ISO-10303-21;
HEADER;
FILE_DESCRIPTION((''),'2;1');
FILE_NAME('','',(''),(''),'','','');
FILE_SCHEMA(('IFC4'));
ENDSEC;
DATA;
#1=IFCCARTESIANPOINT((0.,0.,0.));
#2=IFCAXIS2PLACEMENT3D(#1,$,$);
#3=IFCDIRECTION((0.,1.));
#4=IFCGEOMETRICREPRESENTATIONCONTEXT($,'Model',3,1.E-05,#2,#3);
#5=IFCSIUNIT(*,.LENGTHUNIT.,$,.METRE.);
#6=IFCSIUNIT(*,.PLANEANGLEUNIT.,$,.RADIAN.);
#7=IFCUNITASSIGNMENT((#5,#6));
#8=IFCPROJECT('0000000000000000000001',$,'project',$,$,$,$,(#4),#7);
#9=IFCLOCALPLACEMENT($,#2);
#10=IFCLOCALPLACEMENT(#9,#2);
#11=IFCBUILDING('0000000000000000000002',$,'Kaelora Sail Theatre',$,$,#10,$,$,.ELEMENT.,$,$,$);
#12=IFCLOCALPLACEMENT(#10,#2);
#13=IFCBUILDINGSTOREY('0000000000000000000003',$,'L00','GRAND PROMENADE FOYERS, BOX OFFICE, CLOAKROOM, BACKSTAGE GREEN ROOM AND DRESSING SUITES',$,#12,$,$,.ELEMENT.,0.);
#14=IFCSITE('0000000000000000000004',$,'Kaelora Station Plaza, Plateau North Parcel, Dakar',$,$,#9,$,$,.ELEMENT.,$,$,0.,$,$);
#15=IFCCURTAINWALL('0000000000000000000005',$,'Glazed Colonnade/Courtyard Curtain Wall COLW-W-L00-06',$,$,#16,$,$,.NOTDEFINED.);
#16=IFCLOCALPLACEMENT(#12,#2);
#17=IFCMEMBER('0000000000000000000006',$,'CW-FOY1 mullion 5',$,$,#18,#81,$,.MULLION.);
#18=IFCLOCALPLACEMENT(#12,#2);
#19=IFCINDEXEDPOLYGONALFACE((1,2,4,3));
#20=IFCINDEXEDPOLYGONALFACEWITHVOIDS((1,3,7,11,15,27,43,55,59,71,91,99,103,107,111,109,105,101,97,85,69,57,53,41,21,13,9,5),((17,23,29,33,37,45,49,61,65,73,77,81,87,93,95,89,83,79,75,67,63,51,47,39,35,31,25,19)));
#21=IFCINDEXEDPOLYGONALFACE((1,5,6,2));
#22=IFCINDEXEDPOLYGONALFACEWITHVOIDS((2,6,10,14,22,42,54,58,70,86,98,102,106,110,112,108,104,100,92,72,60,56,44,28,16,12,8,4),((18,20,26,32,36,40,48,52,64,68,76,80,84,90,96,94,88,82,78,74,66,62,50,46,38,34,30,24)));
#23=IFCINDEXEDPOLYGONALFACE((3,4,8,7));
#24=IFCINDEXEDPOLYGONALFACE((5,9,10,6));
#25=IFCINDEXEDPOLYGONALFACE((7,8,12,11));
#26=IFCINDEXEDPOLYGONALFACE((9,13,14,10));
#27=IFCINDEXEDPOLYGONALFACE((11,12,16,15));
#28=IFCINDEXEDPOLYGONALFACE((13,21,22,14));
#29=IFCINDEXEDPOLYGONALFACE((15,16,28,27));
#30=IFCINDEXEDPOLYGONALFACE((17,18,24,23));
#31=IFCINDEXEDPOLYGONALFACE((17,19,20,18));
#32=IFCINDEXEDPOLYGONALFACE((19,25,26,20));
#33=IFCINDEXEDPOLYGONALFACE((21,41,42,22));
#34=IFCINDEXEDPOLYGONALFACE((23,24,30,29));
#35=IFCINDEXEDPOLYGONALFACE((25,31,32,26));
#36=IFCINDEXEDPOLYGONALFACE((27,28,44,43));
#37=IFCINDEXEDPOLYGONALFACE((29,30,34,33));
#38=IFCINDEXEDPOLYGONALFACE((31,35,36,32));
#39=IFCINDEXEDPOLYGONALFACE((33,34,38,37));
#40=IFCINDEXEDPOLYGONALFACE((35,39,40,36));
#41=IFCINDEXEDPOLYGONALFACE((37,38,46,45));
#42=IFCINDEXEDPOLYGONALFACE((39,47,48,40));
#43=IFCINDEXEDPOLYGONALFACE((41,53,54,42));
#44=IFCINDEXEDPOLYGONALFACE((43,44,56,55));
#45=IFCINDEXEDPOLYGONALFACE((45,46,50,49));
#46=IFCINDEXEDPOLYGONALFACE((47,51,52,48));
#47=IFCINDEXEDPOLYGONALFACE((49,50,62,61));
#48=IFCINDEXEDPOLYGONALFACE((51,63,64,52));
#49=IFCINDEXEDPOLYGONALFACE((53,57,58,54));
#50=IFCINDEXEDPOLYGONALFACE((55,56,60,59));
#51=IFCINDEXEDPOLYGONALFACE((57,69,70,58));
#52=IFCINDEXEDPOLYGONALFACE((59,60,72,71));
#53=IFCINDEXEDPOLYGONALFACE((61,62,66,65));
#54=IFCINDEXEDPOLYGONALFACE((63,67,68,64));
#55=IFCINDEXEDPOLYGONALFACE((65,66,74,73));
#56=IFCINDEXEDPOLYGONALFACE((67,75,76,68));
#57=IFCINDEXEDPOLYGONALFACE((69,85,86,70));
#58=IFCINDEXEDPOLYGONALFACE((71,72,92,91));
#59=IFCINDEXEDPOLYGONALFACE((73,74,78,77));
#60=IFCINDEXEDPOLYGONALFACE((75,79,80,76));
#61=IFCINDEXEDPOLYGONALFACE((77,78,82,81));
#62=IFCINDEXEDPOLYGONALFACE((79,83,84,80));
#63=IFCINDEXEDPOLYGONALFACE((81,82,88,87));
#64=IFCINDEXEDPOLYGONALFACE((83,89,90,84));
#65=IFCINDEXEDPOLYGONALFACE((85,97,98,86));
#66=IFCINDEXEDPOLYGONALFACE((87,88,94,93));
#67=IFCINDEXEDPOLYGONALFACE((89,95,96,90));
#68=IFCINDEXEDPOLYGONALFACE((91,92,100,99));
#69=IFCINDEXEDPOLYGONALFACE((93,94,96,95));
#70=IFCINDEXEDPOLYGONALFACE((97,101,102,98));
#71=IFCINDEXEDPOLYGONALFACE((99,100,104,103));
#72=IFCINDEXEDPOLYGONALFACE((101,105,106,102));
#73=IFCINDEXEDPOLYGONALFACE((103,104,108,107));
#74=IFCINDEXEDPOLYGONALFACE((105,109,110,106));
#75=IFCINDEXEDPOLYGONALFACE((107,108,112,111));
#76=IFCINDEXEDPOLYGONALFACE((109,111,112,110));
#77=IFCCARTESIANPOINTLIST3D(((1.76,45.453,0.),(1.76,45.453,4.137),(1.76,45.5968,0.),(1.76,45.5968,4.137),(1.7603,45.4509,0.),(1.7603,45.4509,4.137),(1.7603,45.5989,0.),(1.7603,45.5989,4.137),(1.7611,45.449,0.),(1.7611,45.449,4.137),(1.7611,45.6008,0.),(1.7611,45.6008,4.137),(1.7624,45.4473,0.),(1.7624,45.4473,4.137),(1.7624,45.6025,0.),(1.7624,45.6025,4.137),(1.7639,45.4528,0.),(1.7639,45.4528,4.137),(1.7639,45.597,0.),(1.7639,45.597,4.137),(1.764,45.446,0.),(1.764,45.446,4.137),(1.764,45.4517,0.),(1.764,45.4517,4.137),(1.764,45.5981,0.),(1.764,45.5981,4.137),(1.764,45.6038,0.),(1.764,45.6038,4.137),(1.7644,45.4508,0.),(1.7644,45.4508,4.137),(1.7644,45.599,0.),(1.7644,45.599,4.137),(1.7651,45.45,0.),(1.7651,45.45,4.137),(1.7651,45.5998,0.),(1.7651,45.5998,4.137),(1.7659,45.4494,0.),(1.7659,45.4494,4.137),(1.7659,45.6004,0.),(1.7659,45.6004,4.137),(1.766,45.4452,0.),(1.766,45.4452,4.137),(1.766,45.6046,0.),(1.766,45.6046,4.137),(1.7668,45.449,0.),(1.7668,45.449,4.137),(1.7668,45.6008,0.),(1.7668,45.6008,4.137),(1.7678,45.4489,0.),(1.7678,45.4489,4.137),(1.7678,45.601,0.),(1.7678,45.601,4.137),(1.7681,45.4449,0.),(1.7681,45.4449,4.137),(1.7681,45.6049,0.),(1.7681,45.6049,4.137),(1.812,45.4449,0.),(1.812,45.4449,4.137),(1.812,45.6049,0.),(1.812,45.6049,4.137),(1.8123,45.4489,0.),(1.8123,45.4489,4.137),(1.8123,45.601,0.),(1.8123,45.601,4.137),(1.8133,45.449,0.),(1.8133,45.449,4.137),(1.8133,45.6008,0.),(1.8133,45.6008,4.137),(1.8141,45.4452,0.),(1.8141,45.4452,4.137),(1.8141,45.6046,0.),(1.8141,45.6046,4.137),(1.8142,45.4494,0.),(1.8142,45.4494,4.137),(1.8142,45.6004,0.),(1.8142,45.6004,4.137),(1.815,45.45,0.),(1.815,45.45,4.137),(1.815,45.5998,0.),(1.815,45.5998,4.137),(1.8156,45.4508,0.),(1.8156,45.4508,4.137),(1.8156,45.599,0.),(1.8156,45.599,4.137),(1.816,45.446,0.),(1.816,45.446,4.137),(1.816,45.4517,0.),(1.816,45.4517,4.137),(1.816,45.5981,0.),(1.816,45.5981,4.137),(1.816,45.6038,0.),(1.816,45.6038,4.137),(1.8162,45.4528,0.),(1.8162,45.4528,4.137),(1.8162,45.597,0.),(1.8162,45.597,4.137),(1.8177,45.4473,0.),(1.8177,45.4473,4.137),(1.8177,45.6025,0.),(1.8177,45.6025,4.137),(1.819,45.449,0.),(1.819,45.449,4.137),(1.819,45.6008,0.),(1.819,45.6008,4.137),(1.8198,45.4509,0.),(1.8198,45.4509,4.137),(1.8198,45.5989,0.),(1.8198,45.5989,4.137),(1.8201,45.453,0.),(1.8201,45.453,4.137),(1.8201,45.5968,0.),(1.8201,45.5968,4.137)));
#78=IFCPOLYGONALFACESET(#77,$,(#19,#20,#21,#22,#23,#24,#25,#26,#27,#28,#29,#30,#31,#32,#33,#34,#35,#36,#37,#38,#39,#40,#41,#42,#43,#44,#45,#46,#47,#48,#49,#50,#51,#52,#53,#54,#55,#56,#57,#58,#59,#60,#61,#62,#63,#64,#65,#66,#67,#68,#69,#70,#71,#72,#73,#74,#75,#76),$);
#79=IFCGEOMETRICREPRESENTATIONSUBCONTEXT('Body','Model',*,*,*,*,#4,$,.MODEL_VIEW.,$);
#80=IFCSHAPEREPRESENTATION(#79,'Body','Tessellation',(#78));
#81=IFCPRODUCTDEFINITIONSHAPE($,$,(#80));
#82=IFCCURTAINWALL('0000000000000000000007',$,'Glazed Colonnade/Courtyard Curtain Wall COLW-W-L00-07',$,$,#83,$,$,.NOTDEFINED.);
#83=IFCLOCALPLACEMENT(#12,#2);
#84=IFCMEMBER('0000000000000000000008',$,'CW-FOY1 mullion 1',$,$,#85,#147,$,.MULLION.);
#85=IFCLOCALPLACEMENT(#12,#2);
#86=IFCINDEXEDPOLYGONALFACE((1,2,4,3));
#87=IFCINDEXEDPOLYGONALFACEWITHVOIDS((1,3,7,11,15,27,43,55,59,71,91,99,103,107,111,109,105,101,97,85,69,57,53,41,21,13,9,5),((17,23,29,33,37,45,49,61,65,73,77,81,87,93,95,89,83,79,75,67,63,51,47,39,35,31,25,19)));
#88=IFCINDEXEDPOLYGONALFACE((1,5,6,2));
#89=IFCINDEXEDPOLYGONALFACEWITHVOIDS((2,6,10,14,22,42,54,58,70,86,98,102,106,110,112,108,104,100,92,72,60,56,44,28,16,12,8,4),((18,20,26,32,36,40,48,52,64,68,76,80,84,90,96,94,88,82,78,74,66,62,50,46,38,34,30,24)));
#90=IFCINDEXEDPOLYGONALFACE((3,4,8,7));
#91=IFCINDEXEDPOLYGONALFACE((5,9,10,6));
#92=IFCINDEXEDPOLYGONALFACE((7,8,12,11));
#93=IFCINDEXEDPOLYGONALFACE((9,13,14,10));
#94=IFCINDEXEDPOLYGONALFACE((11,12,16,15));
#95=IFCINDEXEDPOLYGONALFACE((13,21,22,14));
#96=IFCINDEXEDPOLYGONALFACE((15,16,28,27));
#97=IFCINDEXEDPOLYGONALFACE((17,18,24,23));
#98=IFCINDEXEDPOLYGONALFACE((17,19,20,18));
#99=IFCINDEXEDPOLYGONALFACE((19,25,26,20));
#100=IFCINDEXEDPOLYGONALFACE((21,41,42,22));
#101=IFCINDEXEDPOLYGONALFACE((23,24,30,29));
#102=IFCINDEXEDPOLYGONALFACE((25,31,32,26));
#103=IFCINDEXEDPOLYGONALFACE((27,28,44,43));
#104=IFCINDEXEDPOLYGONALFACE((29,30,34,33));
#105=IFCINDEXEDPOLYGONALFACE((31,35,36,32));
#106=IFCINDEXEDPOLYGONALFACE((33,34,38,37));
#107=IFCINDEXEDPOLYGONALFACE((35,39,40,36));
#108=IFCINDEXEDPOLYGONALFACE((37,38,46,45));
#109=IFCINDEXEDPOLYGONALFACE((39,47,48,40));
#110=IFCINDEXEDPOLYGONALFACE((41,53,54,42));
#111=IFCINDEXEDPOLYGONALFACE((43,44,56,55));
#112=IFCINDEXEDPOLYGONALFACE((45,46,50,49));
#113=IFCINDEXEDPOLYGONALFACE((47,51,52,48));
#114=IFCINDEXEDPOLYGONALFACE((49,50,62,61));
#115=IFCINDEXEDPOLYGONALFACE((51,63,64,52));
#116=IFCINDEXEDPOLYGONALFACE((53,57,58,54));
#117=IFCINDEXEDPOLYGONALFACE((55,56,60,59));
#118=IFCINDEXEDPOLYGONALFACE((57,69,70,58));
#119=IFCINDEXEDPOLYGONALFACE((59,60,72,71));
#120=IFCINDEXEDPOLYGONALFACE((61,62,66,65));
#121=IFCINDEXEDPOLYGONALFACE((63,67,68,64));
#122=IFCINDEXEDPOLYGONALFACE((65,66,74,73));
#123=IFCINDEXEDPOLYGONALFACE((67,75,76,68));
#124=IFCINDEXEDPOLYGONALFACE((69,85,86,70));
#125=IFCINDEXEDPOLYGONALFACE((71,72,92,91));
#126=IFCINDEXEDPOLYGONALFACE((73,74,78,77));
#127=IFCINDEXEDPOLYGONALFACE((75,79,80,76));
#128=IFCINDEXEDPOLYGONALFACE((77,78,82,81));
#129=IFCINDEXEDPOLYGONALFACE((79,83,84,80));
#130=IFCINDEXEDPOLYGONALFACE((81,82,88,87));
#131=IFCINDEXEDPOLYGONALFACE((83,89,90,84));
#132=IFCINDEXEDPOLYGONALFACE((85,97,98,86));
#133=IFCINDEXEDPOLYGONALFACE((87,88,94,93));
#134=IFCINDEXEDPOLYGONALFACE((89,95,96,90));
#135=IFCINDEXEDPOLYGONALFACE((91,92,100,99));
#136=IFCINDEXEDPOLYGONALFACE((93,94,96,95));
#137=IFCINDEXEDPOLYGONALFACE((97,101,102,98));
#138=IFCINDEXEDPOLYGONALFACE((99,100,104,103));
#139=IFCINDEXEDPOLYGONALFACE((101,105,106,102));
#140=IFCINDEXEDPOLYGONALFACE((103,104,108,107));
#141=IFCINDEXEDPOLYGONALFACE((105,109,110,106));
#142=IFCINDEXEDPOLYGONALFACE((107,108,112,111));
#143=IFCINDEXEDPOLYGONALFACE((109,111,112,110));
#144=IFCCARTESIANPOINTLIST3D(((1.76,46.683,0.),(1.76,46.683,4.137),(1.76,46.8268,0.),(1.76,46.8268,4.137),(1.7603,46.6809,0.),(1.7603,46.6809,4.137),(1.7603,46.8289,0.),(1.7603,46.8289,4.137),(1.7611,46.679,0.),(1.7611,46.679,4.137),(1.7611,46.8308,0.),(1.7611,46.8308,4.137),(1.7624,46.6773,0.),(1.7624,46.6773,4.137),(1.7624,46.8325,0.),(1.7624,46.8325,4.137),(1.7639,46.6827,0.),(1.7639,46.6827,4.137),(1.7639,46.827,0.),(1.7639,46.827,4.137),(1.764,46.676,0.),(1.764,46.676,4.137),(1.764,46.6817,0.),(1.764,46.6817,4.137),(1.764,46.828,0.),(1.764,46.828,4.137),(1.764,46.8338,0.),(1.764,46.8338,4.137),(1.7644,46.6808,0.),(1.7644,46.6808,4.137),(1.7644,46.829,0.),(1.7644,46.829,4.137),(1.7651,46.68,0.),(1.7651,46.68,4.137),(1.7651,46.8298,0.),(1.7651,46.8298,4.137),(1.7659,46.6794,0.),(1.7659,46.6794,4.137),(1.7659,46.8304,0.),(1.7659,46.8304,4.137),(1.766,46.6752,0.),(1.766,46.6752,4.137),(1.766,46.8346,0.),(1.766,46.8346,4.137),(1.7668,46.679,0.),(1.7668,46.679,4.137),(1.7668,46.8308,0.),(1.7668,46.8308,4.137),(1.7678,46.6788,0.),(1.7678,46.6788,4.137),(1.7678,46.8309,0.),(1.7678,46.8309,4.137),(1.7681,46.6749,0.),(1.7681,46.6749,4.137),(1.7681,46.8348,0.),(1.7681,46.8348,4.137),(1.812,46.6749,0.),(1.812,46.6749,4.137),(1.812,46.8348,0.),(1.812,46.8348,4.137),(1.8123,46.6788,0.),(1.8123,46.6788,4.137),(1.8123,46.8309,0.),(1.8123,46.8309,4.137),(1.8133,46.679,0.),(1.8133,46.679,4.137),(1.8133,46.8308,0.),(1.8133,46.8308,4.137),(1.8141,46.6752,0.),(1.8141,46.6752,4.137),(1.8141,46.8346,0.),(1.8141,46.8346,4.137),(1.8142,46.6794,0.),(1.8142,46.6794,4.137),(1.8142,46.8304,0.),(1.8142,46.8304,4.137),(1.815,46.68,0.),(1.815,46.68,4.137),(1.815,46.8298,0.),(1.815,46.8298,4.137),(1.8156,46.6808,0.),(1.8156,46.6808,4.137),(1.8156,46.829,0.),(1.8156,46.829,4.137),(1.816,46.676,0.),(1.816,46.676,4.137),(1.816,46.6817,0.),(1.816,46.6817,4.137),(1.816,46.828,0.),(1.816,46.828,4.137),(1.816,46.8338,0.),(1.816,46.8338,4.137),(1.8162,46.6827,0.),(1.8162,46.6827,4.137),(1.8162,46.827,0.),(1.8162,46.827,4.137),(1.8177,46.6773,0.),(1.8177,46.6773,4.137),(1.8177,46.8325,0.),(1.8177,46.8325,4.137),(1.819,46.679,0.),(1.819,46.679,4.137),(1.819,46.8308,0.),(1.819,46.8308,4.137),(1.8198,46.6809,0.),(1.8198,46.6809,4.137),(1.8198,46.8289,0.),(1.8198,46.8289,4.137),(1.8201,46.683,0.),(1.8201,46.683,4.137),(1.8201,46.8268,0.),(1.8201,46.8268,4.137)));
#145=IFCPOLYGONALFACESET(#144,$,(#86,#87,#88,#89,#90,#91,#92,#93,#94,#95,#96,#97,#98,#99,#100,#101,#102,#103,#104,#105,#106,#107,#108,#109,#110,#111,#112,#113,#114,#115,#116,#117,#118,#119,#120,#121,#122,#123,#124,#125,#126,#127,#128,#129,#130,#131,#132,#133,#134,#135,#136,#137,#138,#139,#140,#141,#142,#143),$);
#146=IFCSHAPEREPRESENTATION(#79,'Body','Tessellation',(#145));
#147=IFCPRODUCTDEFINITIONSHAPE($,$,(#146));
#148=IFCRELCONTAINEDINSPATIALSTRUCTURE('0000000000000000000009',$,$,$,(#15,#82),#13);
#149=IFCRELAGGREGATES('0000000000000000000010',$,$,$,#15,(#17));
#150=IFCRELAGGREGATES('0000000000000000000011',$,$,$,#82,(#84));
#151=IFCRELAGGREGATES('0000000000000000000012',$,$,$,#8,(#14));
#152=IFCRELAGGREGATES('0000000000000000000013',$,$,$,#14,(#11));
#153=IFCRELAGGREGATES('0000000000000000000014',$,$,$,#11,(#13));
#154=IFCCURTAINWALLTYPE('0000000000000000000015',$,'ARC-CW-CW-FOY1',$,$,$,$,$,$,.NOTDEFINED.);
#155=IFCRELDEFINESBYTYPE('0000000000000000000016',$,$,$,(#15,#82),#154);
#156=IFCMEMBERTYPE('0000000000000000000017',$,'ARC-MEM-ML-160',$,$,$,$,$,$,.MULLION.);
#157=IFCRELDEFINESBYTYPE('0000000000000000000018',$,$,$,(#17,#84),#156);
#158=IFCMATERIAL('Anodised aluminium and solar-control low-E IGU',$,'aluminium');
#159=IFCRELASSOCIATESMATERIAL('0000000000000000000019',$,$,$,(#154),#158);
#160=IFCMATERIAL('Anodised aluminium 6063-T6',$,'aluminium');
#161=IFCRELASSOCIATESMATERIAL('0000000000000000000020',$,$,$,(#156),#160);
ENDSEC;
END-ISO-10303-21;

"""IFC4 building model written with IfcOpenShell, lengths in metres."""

from ifc_helpers import new_model, si_unit, direction, frame, origin, origin_2d, place, context, subcontext, project, spatial, hollow_rectangle, extrude, material, material_profile, profile_set, type_object, element, aggregate, save


model = new_model("IFC4")

# Units and contexts
model_context = context("Model", 3, precision=1e-05, world=origin(), true_north=direction((0.0, 1.0)))
body_context = subcontext(model_context, "Body", "Model", "MODEL_VIEW")
ifc_project = project(units=[si_unit("LENGTHUNIT", "METRE"), si_unit("PLANEANGLEUNIT", "RADIAN")], contexts=[model_context])

# Site, building, storey
site_placement = place(None, origin())
site = spatial("IfcSite", under=ifc_project, at=site_placement, Name="Kaelora Station Plaza, Plateau North Parcel, Dakar", CompositionType="ELEMENT", RefElevation=0.0)
building_placement = place(site_placement, origin())
building = spatial("IfcBuilding", under=site, at=building_placement, Name="Kaelora Sail Theatre", CompositionType="ELEMENT")
storey_placement = place(building_placement, origin())
storey = spatial("IfcBuildingStorey", under=building, at=storey_placement, Name="L00", Description="GRAND PROMENADE FOYERS, BOX OFFICE, CLOAKROOM, BACKSTAGE GREEN ROOM AND DRESSING SUITES", CompositionType="ELEMENT", Elevation=0.0)

# Curtain wall, member
ifc_material_1 = material(Name="Anodised aluminium and solar-control low-E IGU", Category="aluminium")
curtain_wall_type = type_object("IfcCurtainWallType", Name="ARC-CW-CW-FOY1", PredefinedType="NOTDEFINED", material=ifc_material_1)
curtain_wall_1_placement = place(storey_placement, origin())
curtain_wall_1 = element("IfcCurtainWall", 1, at=curtain_wall_1_placement, inside=storey, type_object=curtain_wall_type, Name="Glazed Colonnade/Courtyard Curtain Wall COLW-W-L00-06", PredefinedType="NOTDEFINED")
ifc_material_2 = material(Name="Anodised aluminium 6063-T6", Category="aluminium")
ifc_material_profile_1 = material_profile(ifc_material_2, hollow_rectangle(XDim=0.0601, YDim=0.1599, WallThickness=0.0039, InnerFilletRadius=0.0039, OuterFilletRadius=0.0081, at=origin_2d()), Name="ALU-MULL 60x160x4")
ifc_profile_set_1 = profile_set([ifc_material_profile_1], Name="Anodised aluminium 6063-T6")
member_type_1 = type_object("IfcMemberType", Name="ARC-MEM-ML-160", PredefinedType="MULLION", material=ifc_profile_set_1)
member_1_placement = place(storey_placement, frame((1.79, 45.5249, 0.0), z_axis=(0.0, 0.0, 1.0), x_axis=(-1.0, 0.0, 0.0)))
member_1 = element("IfcMember", 2, at=member_1_placement, type_object=member_type_1, Name="CW-FOY1 mullion 5", PredefinedType="MULLION", context=body_context, shape_type="SweptSolid", body=[
    extrude(hollow_rectangle(XDim=0.0601, YDim=0.1599, WallThickness=0.0039, InnerFilletRadius=0.0039, OuterFilletRadius=0.0081, at=origin_2d()), origin(), (0.0, 0.0, 1.0), 4.137),
])

# Curtain wall, member
curtain_wall_2_placement = place(storey_placement, origin())
curtain_wall_2 = element("IfcCurtainWall", 3, at=curtain_wall_2_placement, inside=storey, type_object=curtain_wall_type, Name="Glazed Colonnade/Courtyard Curtain Wall COLW-W-L00-07", PredefinedType="NOTDEFINED")
member_2_placement = place(storey_placement, frame((1.79, 46.7549, 0.0), z_axis=(0.0, 0.0, 1.0), x_axis=(-1.0, 0.0, 0.0)))
member_2 = element("IfcMember", 4, at=member_2_placement, type_object=member_type_1, Name="CW-FOY1 mullion 1", PredefinedType="MULLION", context=body_context, shape_type="SweptSolid", body=[
    extrude(hollow_rectangle(XDim=0.0601, YDim=0.1599, WallThickness=0.0039, InnerFilletRadius=0.0039, OuterFilletRadius=0.0081, at=origin_2d()), origin(), (0.0, 0.0, 1.0), 4.137),
])

aggregate(curtain_wall_1, [member_1])
aggregate(curtain_wall_2, [member_2])

save(model, "model.ifc")
